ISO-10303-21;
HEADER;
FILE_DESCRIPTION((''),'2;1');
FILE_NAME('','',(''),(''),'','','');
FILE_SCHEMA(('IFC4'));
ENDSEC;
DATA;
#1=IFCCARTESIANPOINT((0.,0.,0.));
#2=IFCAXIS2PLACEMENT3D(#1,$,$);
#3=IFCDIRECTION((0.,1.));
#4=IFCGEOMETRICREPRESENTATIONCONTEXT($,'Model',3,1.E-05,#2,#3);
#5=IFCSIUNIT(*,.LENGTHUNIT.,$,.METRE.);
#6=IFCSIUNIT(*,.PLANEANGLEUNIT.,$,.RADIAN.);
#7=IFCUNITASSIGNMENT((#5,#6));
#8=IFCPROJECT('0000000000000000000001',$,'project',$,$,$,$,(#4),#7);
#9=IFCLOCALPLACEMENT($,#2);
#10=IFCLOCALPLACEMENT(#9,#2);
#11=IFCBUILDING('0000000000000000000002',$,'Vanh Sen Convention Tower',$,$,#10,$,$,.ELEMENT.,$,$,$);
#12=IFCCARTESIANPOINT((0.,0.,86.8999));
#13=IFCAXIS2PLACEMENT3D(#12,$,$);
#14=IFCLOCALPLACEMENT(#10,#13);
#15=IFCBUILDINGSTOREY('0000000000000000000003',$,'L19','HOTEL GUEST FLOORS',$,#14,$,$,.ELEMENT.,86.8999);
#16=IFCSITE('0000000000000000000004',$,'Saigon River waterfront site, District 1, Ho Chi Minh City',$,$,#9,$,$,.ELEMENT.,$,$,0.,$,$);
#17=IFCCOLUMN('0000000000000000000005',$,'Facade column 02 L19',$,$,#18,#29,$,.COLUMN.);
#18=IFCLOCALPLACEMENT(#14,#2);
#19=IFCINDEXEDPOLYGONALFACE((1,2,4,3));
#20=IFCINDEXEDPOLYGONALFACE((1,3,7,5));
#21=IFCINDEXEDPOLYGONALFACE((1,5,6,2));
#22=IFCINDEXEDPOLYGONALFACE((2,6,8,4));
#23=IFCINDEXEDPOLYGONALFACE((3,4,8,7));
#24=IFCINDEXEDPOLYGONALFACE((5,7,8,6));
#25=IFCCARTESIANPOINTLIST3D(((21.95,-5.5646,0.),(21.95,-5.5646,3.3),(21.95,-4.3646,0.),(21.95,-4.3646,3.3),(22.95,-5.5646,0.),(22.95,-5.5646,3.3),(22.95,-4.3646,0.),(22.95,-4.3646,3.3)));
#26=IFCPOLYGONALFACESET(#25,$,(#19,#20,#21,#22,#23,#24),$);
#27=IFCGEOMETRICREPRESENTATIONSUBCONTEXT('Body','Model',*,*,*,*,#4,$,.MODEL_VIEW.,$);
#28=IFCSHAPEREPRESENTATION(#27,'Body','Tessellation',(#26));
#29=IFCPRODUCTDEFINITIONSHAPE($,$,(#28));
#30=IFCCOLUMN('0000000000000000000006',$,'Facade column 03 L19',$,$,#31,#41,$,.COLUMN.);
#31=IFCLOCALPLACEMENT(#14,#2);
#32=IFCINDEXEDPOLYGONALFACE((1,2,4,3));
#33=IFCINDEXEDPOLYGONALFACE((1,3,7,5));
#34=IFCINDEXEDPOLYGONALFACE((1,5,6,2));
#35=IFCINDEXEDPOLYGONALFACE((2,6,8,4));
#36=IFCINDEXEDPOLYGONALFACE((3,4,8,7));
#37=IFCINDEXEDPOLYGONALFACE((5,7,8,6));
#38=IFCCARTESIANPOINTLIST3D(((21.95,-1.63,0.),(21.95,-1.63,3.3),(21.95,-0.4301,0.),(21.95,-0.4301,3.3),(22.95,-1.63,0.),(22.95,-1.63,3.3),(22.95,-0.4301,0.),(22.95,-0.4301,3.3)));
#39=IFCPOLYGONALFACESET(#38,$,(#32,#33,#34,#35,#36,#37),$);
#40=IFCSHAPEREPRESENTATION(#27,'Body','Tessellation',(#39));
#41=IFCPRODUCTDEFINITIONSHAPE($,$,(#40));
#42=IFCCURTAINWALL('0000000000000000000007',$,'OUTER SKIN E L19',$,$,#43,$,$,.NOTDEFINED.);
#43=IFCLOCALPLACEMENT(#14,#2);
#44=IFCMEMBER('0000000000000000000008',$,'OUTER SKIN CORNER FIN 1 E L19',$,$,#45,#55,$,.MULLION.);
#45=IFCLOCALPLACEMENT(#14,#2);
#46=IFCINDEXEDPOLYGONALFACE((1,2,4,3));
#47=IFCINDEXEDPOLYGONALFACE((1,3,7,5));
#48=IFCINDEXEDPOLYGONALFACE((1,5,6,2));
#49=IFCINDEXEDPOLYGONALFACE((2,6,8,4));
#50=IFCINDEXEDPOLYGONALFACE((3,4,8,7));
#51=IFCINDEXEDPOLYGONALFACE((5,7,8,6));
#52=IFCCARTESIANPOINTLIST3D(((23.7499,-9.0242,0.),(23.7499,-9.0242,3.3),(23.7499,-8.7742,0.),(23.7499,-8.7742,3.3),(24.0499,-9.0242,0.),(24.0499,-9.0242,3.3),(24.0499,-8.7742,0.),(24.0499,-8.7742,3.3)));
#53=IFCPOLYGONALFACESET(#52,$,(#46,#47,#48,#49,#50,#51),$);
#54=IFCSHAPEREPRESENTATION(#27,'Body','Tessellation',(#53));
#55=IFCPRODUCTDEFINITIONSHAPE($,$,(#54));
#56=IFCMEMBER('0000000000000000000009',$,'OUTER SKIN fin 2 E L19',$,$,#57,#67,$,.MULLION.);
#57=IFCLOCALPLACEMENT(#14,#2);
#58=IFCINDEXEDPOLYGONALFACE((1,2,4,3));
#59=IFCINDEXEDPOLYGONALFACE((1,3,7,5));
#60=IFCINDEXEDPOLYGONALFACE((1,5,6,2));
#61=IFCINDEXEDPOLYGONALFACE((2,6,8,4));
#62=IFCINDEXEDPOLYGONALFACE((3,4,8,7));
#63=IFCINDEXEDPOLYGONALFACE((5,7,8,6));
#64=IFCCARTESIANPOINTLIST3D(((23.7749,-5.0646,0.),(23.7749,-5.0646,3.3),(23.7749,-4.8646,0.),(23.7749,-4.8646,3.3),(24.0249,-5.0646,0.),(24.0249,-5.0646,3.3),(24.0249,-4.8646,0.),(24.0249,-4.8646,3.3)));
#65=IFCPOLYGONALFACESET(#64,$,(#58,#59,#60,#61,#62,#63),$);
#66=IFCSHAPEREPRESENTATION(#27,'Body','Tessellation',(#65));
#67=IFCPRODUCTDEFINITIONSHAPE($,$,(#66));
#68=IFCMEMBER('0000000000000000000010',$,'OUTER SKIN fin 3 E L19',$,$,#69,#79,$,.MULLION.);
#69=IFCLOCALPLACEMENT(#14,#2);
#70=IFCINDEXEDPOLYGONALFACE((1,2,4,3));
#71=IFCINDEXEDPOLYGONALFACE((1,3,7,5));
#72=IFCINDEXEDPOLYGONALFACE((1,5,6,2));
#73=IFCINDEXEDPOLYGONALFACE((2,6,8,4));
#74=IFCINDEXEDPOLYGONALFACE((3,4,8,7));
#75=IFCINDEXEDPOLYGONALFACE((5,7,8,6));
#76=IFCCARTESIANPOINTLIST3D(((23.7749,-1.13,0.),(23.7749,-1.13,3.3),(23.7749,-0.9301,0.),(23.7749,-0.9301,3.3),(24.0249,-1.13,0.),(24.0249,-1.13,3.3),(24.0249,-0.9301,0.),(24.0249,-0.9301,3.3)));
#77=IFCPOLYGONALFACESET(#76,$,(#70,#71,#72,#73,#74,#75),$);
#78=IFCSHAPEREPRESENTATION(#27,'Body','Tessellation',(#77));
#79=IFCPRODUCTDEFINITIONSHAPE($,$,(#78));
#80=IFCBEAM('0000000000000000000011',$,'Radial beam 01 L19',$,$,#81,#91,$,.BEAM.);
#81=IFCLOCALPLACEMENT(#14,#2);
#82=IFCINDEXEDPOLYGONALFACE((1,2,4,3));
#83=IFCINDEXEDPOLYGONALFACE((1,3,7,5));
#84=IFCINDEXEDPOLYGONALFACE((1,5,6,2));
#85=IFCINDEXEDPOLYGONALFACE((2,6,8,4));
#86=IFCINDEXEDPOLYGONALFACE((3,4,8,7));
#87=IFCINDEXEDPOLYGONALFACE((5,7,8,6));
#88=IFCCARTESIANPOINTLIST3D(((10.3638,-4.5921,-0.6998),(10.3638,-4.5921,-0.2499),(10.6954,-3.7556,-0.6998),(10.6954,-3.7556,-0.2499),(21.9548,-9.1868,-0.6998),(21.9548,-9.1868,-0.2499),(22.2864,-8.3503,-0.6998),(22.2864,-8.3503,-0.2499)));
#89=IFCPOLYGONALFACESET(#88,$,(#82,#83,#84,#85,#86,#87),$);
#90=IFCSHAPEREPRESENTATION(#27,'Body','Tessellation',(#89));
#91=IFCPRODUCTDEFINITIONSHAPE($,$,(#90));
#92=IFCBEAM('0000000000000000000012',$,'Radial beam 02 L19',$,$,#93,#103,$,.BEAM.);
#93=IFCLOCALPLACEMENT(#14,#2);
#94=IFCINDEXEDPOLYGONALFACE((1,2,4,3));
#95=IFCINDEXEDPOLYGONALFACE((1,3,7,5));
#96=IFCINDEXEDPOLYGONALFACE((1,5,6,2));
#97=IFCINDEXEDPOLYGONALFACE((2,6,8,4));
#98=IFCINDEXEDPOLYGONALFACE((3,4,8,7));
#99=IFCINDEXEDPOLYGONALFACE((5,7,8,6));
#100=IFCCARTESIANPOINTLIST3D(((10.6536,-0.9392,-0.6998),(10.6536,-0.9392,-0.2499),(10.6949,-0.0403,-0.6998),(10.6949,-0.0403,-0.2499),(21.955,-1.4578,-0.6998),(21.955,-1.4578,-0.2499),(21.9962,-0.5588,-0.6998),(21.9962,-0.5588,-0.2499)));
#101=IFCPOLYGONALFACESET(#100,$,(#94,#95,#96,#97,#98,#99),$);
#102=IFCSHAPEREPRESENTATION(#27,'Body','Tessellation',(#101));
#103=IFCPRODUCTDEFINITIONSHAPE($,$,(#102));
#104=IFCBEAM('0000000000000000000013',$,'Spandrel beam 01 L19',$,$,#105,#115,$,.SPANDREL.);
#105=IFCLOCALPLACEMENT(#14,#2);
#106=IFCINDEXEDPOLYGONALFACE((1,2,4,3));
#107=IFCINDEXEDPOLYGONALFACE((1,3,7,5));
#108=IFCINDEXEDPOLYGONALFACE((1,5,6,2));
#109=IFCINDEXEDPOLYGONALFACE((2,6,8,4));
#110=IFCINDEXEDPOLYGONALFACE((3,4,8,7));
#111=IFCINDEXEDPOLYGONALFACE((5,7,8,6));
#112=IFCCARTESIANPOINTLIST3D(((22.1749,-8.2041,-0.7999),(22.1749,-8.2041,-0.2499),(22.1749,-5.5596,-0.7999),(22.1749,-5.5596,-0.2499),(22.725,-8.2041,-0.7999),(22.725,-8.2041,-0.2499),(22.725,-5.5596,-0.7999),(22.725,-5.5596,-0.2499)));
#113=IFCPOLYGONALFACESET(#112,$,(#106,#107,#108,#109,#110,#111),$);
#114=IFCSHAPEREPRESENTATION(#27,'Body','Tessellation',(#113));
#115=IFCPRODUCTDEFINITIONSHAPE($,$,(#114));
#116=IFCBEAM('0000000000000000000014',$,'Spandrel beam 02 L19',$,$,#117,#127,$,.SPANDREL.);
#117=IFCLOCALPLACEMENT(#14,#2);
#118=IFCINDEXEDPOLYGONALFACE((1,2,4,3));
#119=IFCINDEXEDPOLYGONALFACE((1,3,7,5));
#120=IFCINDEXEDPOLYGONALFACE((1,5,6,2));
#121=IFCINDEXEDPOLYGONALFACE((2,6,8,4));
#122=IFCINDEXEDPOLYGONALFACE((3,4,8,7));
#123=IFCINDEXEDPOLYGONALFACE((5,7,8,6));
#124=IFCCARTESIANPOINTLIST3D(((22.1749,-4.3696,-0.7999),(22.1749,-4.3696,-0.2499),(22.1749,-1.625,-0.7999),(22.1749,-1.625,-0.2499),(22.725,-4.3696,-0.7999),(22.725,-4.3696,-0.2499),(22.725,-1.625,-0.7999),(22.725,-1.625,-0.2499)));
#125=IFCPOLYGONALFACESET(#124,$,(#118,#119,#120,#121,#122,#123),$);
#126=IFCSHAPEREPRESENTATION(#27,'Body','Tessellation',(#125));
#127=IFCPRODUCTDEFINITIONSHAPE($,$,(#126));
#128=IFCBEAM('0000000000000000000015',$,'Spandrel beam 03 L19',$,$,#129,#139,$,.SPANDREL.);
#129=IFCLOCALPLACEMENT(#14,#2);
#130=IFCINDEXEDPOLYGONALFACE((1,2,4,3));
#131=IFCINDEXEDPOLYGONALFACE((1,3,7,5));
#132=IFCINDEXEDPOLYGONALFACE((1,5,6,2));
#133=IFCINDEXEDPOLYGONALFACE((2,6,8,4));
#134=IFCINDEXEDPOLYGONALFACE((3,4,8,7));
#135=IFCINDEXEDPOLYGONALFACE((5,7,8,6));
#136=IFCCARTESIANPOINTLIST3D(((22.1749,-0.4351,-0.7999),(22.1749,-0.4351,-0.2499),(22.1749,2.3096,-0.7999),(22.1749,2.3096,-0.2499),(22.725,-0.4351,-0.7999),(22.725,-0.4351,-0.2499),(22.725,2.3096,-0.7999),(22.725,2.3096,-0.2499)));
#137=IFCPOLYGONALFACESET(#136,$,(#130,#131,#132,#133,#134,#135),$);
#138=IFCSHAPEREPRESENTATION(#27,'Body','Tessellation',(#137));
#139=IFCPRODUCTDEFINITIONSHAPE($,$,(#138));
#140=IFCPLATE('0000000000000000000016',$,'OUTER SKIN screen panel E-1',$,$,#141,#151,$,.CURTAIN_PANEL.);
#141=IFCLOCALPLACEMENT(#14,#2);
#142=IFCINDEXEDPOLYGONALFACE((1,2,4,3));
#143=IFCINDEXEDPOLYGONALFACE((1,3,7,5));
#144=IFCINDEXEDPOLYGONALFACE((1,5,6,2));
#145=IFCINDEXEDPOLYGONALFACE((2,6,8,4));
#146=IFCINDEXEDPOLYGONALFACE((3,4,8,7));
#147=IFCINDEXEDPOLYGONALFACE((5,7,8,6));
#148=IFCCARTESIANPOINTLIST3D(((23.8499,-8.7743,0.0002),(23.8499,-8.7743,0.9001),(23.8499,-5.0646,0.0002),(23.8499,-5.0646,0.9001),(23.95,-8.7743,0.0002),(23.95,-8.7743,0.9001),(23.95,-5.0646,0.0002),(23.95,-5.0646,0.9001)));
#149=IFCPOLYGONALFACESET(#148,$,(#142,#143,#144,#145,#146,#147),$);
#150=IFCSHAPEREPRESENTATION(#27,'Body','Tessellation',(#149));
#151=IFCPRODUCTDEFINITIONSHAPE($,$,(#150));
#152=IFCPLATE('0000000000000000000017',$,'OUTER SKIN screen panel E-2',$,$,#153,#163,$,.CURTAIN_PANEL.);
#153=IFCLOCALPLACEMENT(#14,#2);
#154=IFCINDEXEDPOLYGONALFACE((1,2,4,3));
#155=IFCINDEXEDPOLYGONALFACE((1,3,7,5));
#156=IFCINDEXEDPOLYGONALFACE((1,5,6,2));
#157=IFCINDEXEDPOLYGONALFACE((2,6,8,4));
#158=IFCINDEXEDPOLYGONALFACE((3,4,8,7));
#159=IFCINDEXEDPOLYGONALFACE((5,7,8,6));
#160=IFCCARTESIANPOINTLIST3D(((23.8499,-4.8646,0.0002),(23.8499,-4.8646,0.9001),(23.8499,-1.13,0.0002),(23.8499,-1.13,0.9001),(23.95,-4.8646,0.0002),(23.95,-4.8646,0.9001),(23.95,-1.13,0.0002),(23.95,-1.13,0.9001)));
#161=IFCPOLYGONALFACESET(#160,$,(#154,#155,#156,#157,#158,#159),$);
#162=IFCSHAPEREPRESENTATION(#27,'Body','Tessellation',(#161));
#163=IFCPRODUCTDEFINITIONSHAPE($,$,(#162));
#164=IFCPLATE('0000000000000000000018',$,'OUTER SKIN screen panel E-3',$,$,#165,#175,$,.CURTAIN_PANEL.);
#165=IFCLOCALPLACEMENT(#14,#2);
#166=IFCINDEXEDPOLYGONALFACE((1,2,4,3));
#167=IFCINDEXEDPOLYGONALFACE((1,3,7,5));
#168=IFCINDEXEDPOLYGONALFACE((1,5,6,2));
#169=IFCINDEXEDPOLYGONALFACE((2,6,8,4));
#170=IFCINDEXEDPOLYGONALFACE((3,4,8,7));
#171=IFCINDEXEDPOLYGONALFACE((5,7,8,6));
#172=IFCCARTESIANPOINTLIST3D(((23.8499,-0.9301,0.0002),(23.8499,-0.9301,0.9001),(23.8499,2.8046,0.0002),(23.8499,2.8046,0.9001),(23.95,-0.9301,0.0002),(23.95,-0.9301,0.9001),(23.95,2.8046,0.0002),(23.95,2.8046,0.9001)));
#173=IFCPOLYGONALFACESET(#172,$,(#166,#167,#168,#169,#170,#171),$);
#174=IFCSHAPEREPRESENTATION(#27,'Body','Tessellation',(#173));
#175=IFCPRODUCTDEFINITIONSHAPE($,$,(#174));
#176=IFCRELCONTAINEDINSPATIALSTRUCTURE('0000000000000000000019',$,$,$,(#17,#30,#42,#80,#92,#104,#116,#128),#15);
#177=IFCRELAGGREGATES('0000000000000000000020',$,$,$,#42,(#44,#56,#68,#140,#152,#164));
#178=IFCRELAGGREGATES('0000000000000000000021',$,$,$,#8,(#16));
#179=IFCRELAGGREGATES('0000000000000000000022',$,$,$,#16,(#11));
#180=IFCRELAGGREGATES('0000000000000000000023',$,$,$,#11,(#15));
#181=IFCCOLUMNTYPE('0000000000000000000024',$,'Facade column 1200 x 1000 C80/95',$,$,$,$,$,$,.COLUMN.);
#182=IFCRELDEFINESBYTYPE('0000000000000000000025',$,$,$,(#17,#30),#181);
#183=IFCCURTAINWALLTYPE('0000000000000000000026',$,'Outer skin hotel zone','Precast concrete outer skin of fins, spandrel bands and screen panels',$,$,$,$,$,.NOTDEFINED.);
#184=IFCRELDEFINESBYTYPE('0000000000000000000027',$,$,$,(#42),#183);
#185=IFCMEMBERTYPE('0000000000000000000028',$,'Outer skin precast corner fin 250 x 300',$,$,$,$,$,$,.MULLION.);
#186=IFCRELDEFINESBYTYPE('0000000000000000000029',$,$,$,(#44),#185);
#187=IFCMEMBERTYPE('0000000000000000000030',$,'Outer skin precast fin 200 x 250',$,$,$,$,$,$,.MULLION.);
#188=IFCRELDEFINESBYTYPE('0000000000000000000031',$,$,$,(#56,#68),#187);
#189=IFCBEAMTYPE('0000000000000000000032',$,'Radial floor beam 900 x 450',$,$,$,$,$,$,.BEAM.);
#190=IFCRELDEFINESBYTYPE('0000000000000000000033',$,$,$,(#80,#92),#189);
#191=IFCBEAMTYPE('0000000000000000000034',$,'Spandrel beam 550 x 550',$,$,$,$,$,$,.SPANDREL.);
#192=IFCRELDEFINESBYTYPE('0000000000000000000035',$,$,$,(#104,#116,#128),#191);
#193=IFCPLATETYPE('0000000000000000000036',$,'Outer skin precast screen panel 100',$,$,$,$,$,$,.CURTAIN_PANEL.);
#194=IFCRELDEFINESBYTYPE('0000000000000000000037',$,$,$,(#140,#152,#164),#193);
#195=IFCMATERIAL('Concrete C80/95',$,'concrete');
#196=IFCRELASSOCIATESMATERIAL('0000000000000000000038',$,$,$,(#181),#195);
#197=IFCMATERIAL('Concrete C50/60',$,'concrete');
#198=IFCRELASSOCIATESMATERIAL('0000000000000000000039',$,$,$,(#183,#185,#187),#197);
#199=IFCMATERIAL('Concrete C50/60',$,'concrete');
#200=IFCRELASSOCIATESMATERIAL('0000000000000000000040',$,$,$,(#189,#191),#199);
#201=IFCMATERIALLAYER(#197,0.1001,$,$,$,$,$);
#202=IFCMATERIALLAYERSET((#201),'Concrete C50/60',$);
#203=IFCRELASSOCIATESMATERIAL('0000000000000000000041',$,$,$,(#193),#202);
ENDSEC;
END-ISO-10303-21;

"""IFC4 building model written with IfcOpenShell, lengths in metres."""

from ifc_helpers import new_model, si_unit, direction, frame, origin, origin_2d, place, context, subcontext, project, spatial, rectangle, extrude, material, layer, layer_set, material_profile, profile_set, type_object, element, aggregate, save


model = new_model("IFC4")

# Units and contexts
model_context = context("Model", 3, precision=1e-05, world=origin(), true_north=direction((0.0, 1.0)))
body_context = subcontext(model_context, "Body", "Model", "MODEL_VIEW")
ifc_project = project(units=[si_unit("LENGTHUNIT", "METRE"), si_unit("PLANEANGLEUNIT", "RADIAN")], contexts=[model_context])

# Site, building, storey
site_placement = place(None, origin())
site = spatial("IfcSite", under=ifc_project, at=site_placement, Name="Saigon River waterfront site, District 1, Ho Chi Minh City", CompositionType="ELEMENT", RefElevation=0.0)
building_placement = place(site_placement, origin())
building = spatial("IfcBuilding", under=site, at=building_placement, Name="Vanh Sen Convention Tower", CompositionType="ELEMENT")
storey_placement = place(building_placement, frame((0.0, 0.0, 86.8999)))
storey = spatial("IfcBuildingStorey", under=building, at=storey_placement, Name="L19", Description="HOTEL GUEST FLOORS", CompositionType="ELEMENT", Elevation=86.8999)

# Columns
ifc_material_1 = material(Name="Concrete C80/95", Category="concrete")
ifc_material_profile_1 = material_profile(ifc_material_1, rectangle(XDim=1.2, YDim=1.0, at=origin_2d()), Name="RC 1200X1000")
ifc_profile_set_1 = profile_set([ifc_material_profile_1], Name="Concrete C80/95")
column_type = type_object("IfcColumnType", Name="Facade column 1200 x 1000 C80/95", PredefinedType="COLUMN", material=ifc_profile_set_1)
for number, where, z_axis, x_axis, name in (
    (1, (22.45, -4.9646, 0.0), (0.0, 0.0, 1.0), (0.0, 1.0, 0.0), "Facade column 02 L19"),
    (2, (22.45, -1.03, 0.0), (0.0, 0.0, 1.0), (0.0, 1.0, 0.0), "Facade column 03 L19"),
):
    element("IfcColumn", number, at=place(storey_placement, frame(where, z_axis=z_axis, x_axis=x_axis)), inside=storey, type_object=column_type, Name=name, PredefinedType="COLUMN", context=body_context, shape_type="SweptSolid", body=[
        extrude(rectangle(XDim=1.2, YDim=1.0, at=origin_2d()), origin(), (0.0, 0.0, 1.0), 3.3),
    ])

# Curtain wall, members
ifc_material_2 = material(Name="Concrete C50/60", Category="concrete")
curtain_wall_type = type_object("IfcCurtainWallType", Name="Outer skin hotel zone", Description="Precast concrete outer skin of fins, spandrel bands and screen panels", PredefinedType="NOTDEFINED", material=ifc_material_2)
curtain_wall_placement = place(storey_placement, origin())
curtain_wall = element("IfcCurtainWall", 3, at=curtain_wall_placement, inside=storey, type_object=curtain_wall_type, Name="OUTER SKIN E L19", PredefinedType="NOTDEFINED")
ifc_material_profile_2 = material_profile(ifc_material_2, rectangle(XDim=0.25, YDim=0.3, at=origin_2d()), Name="Outer skin precast corner fin 250 x 300")
ifc_profile_set_2 = profile_set([ifc_material_profile_2], Name="Concrete C50/60")
member_type_1 = type_object("IfcMemberType", Name="Outer skin precast corner fin 250 x 300", PredefinedType="MULLION", material=ifc_profile_set_2)
member_1_placement = place(storey_placement, frame((23.8999, -8.8992, 0.0), z_axis=(0.0, 0.0, 1.0), x_axis=(0.0, 1.0, 0.0)))
member_1 = element("IfcMember", 4, at=member_1_placement, type_object=member_type_1, Name="OUTER SKIN CORNER FIN 1 E L19", PredefinedType="MULLION", context=body_context, shape_type="SweptSolid", body=[
    extrude(rectangle(XDim=0.25, YDim=0.3, at=origin_2d()), origin(), (0.0, 0.0, 1.0), 3.3),
])
ifc_material_profile_3 = material_profile(ifc_material_2, rectangle(XDim=0.2, YDim=0.25, at=origin_2d()), Name="Outer skin precast fin 200 x 250")
ifc_profile_set_3 = profile_set([ifc_material_profile_3], Name="Concrete C50/60")
member_type_2 = type_object("IfcMemberType", Name="Outer skin precast fin 200 x 250", PredefinedType="MULLION", material=ifc_profile_set_3)
member_2_placement = place(storey_placement, frame((23.8999, -4.9646, 0.0), z_axis=(0.0, 0.0, 1.0), x_axis=(0.0, 1.0, 0.0)))
member_2 = element("IfcMember", 5, at=member_2_placement, type_object=member_type_2, Name="OUTER SKIN fin 2 E L19", PredefinedType="MULLION", context=body_context, shape_type="SweptSolid", body=[
    extrude(rectangle(XDim=0.2, YDim=0.25, at=origin_2d()), origin(), (0.0, 0.0, 1.0), 3.3),
])
member_3_placement = place(storey_placement, frame((23.8999, -1.03, 0.0), z_axis=(0.0, 0.0, 1.0), x_axis=(0.0, 1.0, 0.0)))
member_3 = element("IfcMember", 6, at=member_3_placement, type_object=member_type_2, Name="OUTER SKIN fin 3 E L19", PredefinedType="MULLION", context=body_context, shape_type="SweptSolid", body=[
    extrude(rectangle(XDim=0.2, YDim=0.25, at=origin_2d()), origin(), (0.0, 0.0, 1.0), 3.3),
])

# Beams
ifc_material_3 = material(Name="Concrete C50/60", Category="concrete")
ifc_material_profile_4 = material_profile(ifc_material_3, rectangle(XDim=0.8999, YDim=0.45, at=origin_2d()), Name="RC 900X450")
ifc_profile_set_4 = profile_set([ifc_material_profile_4], Name="Concrete C50/60")
beam_type_1 = type_object("IfcBeamType", Name="Radial floor beam 900 x 450", PredefinedType="BEAM", material=ifc_profile_set_4)
beam_1_placement = place(storey_placement, frame((22.1206, -8.7686, -0.4749), z_axis=(-0.929625, 0.368506, 0.0), x_axis=(-0.368506, -0.929625, 0.0)))
element("IfcBeam", 7, at=beam_1_placement, inside=storey, type_object=beam_type_1, Name="Radial beam 01 L19", PredefinedType="BEAM", context=body_context, shape_type="SweptSolid", body=[
    extrude(rectangle(XDim=0.8999, YDim=0.45, at=origin_2d()), origin(), (0.0, 0.0, 1.0), 12.4685),
])
beam_2_placement = place(storey_placement, frame((21.9756, -1.0083, -0.4749), z_axis=(-0.998949, 0.045836, 0.0), x_axis=(-0.045836, -0.998949, 0.0)))
element("IfcBeam", 8, at=beam_2_placement, inside=storey, type_object=beam_type_1, Name="Radial beam 02 L19", PredefinedType="BEAM", context=body_context, shape_type="SweptSolid", body=[
    extrude(rectangle(XDim=0.8999, YDim=0.45, at=origin_2d()), origin(), (0.0, 0.0, 1.0), 11.3132),
])
ifc_material_profile_5 = material_profile(ifc_material_3, rectangle(XDim=0.55, YDim=0.55, at=origin_2d()), Name="RC 550X550")
ifc_profile_set_5 = profile_set([ifc_material_profile_5], Name="Concrete C50/60")
beam_type_2 = type_object("IfcBeamType", Name="Spandrel beam 550 x 550", PredefinedType="SPANDREL", material=ifc_profile_set_5)
beam_3_placement = place(storey_placement, frame((22.45, -8.2041, -0.5249), z_axis=(0.0, 1.0, 0.0), x_axis=(-1.0, 0.0, 0.0)))
element("IfcBeam", 9, at=beam_3_placement, inside=storey, type_object=beam_type_2, Name="Spandrel beam 01 L19", PredefinedType="SPANDREL", context=body_context, shape_type="SweptSolid", body=[
    extrude(rectangle(XDim=0.55, YDim=0.55, at=origin_2d()), origin(), (0.0, 0.0, 1.0), 2.6445),
])
for number, where, z_axis, x_axis, name in (
    (10, (22.45, -4.3696, -0.5249), (0.0, 1.0, 0.0), (-1.0, 0.0, 0.0), "Spandrel beam 02 L19"),
    (11, (22.45, -0.4351, -0.5249), (0.0, 1.0, 0.0), (-1.0, 0.0, 0.0), "Spandrel beam 03 L19"),
):
    element("IfcBeam", number, at=place(storey_placement, frame(where, z_axis=z_axis, x_axis=x_axis)), inside=storey, type_object=beam_type_2, Name=name, PredefinedType="SPANDREL", context=body_context, shape_type="SweptSolid", body=[
        extrude(rectangle(XDim=0.55, YDim=0.55, at=origin_2d()), origin(), (0.0, 0.0, 1.0), 2.7446),
    ])

# Plates
ifc_layer_1 = layer(ifc_material_2, 0.1001)
ifc_layer_set_1 = layer_set([ifc_layer_1], Name="Concrete C50/60")
plate_type = type_object("IfcPlateType", Name="Outer skin precast screen panel 100", PredefinedType="CURTAIN_PANEL", material=ifc_layer_set_1)
plate_1_placement = place(storey_placement, frame((23.8999, -6.9194, 0.0002), z_axis=(0.0, 0.0, 1.0), x_axis=(0.0, 1.0, 0.0)))
plate_1 = element("IfcPlate", 12, at=plate_1_placement, type_object=plate_type, Name="OUTER SKIN screen panel E-1", PredefinedType="CURTAIN_PANEL", context=body_context, shape_type="SweptSolid", body=[
    extrude(rectangle(XDim=3.7097, YDim=0.1001, at=origin_2d()), origin(), (0.0, 0.0, 1.0), 0.8999),
])
plate_2_placement = place(storey_placement, frame((23.8999, -2.9973, 0.0002), z_axis=(0.0, 0.0, 1.0), x_axis=(0.0, 1.0, 0.0)))
plate_2 = element("IfcPlate", 13, at=plate_2_placement, type_object=plate_type, Name="OUTER SKIN screen panel E-2", PredefinedType="CURTAIN_PANEL", context=body_context, shape_type="SweptSolid", body=[
    extrude(rectangle(XDim=3.7346, YDim=0.1001, at=origin_2d()), origin(), (0.0, 0.0, 1.0), 0.8999),
])
plate_3_placement = place(storey_placement, frame((23.8999, 0.9373, 0.0002), z_axis=(0.0, 0.0, 1.0), x_axis=(0.0, 1.0, 0.0)))
plate_3 = element("IfcPlate", 14, at=plate_3_placement, type_object=plate_type, Name="OUTER SKIN screen panel E-3", PredefinedType="CURTAIN_PANEL", context=body_context, shape_type="SweptSolid", body=[
    extrude(rectangle(XDim=3.7346, YDim=0.1001, at=origin_2d()), origin(), (0.0, 0.0, 1.0), 0.8999),
])
aggregate(curtain_wall, [member_1, member_2, member_3, plate_1, plate_2, plate_3])

save(model, "model.ifc")
